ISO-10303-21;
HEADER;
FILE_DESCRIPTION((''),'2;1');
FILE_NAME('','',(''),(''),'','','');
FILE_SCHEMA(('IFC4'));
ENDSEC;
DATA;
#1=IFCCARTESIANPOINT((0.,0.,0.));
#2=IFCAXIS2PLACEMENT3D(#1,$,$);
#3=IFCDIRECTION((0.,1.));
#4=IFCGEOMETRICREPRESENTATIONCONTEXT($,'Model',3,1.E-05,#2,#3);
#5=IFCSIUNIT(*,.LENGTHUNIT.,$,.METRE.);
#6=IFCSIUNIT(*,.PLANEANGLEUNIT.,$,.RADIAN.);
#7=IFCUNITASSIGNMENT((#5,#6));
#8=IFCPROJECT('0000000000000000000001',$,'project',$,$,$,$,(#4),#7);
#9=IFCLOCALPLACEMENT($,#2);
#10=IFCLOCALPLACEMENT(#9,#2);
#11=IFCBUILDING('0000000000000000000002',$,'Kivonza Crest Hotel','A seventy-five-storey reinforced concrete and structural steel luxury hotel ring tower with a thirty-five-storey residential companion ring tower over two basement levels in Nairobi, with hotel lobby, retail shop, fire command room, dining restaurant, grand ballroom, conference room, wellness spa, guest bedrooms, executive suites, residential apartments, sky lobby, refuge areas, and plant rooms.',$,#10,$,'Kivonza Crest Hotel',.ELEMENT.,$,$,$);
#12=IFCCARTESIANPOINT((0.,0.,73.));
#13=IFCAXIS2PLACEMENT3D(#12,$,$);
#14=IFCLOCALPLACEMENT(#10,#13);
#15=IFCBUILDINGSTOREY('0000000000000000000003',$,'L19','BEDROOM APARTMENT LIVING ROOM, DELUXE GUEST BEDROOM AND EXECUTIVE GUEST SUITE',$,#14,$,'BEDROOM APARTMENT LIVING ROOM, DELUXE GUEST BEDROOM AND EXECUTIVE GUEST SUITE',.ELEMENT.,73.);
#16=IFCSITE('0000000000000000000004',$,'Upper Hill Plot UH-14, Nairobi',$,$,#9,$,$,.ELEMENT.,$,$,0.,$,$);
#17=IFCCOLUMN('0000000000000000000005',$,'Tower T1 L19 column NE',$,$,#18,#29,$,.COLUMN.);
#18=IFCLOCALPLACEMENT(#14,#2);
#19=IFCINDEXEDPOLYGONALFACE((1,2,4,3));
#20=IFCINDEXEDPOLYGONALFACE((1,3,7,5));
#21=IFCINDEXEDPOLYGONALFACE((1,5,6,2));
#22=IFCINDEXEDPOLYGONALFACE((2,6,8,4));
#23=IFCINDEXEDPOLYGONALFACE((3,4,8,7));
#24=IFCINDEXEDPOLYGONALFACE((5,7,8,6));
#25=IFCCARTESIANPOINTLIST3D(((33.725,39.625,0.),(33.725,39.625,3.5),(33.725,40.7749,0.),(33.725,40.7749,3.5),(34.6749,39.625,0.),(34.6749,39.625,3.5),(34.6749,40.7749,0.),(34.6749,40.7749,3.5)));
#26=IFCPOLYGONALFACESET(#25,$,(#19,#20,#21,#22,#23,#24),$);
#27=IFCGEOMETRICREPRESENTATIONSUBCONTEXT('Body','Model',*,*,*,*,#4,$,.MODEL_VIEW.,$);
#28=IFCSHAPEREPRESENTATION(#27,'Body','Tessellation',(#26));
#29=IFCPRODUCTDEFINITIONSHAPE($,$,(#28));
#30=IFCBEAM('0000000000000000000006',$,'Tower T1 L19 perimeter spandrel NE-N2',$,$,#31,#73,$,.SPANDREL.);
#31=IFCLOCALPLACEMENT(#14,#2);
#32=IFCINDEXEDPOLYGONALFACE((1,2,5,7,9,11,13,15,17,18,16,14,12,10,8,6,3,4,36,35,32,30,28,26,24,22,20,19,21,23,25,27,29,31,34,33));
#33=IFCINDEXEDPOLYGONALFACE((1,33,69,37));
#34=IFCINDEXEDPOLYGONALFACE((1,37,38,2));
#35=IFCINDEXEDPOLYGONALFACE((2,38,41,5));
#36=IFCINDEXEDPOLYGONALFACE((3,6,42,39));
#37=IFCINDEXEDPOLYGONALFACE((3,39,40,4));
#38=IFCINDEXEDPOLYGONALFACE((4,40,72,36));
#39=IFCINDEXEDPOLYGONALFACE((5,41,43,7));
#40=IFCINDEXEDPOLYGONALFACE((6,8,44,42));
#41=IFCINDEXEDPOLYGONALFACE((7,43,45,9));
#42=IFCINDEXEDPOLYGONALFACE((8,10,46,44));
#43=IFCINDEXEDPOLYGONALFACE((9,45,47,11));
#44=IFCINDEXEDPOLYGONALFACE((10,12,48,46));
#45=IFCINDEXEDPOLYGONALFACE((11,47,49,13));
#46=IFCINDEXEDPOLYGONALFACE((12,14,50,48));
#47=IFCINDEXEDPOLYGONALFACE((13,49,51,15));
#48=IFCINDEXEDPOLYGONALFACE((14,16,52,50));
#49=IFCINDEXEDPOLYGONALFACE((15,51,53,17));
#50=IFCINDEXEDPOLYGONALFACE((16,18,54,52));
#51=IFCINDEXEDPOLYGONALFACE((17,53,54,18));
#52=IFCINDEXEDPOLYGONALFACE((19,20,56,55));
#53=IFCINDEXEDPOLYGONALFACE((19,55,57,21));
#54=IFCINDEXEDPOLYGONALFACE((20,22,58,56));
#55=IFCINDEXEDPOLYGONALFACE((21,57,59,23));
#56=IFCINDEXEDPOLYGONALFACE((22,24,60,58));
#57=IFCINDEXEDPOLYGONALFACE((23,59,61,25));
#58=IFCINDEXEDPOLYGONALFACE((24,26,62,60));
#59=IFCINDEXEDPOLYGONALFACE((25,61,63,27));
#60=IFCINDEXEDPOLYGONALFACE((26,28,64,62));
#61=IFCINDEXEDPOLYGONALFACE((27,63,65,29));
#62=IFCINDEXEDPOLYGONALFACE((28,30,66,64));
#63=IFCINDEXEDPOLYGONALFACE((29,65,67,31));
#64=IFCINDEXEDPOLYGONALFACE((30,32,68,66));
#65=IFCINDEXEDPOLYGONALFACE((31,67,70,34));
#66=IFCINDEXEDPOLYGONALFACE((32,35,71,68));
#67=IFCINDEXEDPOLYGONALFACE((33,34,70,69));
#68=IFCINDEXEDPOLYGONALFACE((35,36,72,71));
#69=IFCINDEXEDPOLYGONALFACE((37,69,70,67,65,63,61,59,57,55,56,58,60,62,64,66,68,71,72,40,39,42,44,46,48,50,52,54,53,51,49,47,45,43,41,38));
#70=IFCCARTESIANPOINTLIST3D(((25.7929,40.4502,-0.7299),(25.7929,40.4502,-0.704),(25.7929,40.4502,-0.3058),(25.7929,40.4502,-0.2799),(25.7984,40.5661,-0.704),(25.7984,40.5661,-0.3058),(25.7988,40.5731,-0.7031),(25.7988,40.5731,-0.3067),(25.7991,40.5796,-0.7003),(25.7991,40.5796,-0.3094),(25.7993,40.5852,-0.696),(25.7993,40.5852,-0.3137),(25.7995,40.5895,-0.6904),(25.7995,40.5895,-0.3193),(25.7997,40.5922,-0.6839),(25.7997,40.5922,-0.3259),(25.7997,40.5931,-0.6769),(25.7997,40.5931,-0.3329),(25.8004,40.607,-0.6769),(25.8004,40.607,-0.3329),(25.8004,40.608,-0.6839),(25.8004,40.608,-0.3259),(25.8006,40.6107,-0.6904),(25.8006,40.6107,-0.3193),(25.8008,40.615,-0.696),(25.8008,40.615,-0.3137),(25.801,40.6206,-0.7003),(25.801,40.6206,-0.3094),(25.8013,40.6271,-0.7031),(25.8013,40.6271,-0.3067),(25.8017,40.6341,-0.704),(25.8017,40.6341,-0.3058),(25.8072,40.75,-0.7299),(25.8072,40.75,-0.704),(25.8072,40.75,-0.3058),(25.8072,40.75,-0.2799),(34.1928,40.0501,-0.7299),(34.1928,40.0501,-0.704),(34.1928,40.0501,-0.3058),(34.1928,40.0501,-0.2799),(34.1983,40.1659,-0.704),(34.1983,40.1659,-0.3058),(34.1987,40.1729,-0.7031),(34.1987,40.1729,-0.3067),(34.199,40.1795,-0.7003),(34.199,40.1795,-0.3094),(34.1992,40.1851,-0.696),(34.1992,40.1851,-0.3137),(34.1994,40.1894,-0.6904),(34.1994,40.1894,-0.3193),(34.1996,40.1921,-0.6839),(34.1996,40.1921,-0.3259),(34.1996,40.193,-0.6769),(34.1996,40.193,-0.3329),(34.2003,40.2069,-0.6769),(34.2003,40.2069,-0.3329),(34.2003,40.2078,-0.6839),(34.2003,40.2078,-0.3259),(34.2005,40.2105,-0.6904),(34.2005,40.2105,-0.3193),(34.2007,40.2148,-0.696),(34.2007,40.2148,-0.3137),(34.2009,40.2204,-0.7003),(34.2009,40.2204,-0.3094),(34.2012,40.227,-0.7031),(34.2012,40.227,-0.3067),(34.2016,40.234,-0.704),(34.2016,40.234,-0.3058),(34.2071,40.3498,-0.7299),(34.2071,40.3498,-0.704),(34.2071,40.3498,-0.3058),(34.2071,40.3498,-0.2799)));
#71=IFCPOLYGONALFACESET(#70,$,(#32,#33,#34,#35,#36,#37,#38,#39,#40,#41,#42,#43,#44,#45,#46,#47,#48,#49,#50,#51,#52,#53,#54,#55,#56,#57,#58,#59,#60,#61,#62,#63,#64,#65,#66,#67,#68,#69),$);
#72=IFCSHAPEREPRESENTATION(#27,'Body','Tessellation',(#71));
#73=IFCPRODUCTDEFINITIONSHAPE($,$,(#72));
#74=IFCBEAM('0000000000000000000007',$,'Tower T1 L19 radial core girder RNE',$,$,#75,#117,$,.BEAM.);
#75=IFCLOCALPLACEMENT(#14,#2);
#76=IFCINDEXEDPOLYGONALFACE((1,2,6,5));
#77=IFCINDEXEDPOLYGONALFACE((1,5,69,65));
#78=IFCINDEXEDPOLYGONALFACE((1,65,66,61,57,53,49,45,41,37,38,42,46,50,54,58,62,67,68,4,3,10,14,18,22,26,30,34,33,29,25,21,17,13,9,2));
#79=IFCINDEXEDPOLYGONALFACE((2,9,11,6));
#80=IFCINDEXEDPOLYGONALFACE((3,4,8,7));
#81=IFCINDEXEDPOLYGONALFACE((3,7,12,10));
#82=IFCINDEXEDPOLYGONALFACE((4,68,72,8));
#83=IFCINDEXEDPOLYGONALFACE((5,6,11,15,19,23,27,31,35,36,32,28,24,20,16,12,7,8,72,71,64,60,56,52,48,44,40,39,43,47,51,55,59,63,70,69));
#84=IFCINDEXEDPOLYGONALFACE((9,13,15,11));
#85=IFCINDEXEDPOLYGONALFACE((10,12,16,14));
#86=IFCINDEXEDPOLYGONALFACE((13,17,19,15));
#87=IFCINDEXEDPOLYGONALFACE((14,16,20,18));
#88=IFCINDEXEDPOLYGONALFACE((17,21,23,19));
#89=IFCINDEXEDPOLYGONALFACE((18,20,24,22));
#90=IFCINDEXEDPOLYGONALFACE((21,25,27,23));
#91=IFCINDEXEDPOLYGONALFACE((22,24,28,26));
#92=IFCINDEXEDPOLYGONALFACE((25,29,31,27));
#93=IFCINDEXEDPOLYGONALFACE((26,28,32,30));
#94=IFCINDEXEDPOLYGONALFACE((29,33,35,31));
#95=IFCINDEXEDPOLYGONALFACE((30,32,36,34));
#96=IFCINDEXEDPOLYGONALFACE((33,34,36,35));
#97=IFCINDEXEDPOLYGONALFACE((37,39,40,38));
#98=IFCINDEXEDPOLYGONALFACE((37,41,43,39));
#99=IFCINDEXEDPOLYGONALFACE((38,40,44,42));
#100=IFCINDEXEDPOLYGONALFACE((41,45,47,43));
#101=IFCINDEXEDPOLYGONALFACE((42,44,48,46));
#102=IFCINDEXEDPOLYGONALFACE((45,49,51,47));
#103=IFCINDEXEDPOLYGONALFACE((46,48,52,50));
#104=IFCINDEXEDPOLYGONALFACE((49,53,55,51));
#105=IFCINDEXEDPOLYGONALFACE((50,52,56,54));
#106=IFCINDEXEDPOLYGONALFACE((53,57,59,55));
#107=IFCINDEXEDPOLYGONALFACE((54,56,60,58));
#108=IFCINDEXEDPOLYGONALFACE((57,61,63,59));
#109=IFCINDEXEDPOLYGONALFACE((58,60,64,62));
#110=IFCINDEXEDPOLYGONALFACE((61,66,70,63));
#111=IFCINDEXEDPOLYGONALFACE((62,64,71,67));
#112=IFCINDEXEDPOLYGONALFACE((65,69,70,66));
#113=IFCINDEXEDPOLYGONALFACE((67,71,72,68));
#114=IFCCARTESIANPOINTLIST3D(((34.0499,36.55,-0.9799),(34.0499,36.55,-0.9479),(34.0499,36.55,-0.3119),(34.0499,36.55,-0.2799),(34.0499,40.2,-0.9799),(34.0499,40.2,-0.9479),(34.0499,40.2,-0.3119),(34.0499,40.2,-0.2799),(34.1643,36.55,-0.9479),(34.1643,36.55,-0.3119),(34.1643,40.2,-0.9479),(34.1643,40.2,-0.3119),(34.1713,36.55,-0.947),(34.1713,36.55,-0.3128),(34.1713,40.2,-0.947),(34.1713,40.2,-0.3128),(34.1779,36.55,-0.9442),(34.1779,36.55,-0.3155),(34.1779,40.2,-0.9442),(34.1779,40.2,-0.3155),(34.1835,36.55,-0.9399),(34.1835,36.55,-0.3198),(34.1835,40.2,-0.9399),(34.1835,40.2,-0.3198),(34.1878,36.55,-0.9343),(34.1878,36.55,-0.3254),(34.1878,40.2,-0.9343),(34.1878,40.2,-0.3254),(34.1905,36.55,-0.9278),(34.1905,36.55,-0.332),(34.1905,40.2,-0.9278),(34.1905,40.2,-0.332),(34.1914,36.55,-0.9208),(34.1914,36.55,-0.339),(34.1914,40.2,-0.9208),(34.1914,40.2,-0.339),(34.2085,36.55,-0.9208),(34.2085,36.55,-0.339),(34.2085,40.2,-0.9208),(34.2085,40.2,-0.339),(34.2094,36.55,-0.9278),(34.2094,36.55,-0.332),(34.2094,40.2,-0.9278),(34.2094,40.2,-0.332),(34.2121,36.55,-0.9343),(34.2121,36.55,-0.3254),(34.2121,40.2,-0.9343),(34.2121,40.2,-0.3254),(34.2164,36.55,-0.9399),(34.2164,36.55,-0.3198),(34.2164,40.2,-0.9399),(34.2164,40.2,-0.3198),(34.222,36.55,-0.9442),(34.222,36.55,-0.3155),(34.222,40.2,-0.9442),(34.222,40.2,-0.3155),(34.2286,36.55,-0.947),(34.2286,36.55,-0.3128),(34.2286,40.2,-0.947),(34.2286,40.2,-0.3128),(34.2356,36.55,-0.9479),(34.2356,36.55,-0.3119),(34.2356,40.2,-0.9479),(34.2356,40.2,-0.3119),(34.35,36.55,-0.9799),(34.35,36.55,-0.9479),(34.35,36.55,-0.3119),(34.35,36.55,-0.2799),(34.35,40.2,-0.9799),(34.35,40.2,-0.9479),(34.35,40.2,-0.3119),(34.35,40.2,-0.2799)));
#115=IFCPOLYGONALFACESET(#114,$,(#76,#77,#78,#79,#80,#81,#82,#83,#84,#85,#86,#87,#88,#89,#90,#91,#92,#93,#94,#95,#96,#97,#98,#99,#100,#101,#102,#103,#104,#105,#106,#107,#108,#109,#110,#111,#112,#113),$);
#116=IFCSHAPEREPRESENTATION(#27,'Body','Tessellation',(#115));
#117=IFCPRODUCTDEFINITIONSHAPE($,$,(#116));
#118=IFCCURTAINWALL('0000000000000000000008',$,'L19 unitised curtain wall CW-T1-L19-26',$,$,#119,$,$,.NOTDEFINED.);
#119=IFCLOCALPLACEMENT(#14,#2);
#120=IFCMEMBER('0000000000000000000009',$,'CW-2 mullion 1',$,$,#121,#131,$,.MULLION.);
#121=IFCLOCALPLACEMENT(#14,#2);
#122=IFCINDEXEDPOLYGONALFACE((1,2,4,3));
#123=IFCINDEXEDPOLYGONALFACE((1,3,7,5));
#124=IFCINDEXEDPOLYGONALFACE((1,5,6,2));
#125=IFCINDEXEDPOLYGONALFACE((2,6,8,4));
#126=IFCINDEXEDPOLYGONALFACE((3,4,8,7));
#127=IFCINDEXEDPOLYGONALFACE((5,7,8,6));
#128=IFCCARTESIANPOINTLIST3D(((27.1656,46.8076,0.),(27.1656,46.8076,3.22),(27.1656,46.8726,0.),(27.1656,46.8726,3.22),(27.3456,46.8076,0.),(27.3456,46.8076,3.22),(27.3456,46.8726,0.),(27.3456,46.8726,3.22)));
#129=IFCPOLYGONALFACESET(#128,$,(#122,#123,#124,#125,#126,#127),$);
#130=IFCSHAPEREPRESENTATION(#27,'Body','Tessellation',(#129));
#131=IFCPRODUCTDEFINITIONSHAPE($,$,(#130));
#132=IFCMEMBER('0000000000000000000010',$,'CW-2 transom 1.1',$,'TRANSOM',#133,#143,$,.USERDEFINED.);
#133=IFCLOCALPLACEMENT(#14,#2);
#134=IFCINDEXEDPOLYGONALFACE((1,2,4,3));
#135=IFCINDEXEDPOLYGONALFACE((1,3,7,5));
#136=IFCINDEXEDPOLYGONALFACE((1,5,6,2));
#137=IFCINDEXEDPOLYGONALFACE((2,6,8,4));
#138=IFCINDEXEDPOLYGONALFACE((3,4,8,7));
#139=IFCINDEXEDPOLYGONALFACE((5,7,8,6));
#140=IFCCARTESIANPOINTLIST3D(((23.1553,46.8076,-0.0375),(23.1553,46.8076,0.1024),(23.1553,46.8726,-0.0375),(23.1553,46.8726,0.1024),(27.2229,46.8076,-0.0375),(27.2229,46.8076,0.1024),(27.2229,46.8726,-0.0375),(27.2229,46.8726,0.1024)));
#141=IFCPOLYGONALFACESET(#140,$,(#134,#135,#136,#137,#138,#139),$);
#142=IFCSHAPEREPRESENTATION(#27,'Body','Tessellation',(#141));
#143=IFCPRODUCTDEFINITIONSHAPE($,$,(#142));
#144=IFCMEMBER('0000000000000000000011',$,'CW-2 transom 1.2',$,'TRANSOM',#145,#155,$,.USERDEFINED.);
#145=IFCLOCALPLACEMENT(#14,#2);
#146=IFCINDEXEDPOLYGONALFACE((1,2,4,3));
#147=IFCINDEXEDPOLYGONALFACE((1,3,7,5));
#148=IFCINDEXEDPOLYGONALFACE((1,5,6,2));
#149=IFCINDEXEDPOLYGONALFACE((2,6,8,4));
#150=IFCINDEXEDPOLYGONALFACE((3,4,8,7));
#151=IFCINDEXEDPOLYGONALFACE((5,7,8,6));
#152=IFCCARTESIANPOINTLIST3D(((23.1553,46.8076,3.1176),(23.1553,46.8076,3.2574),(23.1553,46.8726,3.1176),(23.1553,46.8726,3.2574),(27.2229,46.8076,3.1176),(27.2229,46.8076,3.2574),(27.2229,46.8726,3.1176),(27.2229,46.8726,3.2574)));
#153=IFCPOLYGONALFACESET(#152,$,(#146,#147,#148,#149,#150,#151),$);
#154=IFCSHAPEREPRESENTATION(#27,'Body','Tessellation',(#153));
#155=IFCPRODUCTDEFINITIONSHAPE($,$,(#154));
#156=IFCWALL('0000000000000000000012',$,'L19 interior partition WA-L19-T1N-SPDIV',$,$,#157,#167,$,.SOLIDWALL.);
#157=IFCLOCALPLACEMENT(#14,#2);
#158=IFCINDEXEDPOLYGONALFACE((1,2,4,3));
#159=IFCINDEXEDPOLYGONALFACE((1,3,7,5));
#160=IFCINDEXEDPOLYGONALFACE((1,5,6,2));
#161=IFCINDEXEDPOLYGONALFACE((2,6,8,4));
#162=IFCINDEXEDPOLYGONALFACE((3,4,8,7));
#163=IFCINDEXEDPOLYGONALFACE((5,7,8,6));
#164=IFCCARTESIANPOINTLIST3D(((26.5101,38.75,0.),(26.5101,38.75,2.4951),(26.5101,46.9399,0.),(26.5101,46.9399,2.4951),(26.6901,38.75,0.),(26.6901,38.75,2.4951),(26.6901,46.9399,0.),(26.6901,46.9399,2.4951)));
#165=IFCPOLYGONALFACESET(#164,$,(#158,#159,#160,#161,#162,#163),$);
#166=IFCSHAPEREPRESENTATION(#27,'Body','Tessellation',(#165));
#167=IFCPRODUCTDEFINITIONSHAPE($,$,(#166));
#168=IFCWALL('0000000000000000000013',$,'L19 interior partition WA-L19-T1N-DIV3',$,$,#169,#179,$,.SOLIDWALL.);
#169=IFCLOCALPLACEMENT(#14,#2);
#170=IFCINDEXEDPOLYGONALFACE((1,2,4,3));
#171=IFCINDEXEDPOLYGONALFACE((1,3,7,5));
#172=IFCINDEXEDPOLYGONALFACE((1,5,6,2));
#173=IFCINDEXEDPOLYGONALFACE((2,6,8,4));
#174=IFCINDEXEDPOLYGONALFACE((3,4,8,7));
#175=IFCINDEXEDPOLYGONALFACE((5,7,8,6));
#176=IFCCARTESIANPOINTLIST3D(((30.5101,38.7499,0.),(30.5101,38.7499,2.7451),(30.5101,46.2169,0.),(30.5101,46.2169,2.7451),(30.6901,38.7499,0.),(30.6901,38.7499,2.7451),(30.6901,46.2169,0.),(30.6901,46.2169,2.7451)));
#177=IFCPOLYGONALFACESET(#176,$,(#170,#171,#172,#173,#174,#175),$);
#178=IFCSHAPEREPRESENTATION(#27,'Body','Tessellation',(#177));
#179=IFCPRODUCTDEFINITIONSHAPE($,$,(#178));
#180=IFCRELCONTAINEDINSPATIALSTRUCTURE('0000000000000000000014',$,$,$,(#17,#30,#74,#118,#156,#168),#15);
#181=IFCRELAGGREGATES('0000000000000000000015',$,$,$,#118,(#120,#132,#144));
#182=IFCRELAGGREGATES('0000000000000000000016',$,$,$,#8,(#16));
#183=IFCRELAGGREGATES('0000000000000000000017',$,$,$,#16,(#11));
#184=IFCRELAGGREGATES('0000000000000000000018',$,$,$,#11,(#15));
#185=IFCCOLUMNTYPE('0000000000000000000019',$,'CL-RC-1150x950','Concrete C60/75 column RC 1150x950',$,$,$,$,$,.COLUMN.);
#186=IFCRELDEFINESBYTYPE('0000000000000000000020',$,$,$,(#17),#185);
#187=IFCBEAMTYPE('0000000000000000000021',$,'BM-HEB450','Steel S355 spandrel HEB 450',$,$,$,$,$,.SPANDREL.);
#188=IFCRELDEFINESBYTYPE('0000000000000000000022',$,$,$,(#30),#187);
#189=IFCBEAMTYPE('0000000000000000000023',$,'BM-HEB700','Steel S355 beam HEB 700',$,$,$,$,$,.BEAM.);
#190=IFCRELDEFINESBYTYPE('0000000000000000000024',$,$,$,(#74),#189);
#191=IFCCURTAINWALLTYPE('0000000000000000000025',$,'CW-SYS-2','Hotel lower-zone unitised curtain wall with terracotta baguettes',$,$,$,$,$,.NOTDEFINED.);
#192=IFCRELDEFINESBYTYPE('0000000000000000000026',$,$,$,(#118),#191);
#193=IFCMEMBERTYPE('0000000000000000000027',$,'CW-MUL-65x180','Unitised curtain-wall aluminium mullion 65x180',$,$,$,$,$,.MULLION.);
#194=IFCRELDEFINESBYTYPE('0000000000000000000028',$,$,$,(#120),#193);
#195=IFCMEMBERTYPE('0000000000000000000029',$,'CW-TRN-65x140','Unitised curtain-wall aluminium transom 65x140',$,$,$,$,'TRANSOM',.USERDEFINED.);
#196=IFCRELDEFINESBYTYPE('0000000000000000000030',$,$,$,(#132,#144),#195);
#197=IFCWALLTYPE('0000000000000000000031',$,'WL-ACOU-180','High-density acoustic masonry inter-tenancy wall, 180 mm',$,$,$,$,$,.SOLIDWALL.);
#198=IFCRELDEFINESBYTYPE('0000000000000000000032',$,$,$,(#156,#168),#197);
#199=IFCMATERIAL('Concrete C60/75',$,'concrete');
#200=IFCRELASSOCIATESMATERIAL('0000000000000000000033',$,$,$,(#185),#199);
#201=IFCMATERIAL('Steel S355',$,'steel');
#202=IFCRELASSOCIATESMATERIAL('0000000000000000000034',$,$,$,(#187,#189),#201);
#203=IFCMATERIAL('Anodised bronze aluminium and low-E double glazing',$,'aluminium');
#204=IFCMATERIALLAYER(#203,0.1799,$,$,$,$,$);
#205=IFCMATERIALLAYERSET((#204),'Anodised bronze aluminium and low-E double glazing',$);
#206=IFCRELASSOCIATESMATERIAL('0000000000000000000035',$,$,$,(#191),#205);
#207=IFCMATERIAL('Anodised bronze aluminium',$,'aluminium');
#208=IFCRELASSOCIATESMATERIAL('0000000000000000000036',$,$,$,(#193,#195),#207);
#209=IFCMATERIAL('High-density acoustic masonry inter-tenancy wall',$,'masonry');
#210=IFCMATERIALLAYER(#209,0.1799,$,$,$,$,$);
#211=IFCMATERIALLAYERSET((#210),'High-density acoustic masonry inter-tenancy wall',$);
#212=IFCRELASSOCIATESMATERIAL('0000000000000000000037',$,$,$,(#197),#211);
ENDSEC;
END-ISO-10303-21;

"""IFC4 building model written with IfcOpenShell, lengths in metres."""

from ifc_helpers import new_model, si_unit, direction, frame, frame_2d, origin, origin_2d, place, context, subcontext, project, spatial, rectangle, i_section, extrude, material, layer, layer_set, material_profile, profile_set, type_object, element, aggregate, save


model = new_model("IFC4")

# Units and contexts
model_context = context("Model", 3, precision=1e-05, world=origin(), true_north=direction((0.0, 1.0)))
body_context = subcontext(model_context, "Body", "Model", "MODEL_VIEW")
ifc_project = project(units=[si_unit("LENGTHUNIT", "METRE"), si_unit("PLANEANGLEUNIT", "RADIAN")], contexts=[model_context])

# Site, building, storey
site_placement = place(None, origin())
site = spatial("IfcSite", under=ifc_project, at=site_placement, Name="Upper Hill Plot UH-14, Nairobi", CompositionType="ELEMENT", RefElevation=0.0)
building_placement = place(site_placement, origin())
building = spatial("IfcBuilding", under=site, at=building_placement, Name="Kivonza Crest Hotel", Description="A seventy-five-storey reinforced concrete and structural steel luxury hotel ring tower with a thirty-five-storey residential companion ring tower over two basement levels in Nairobi, with hotel lobby, retail shop, fire command room, dining restaurant, grand ballroom, conference room, wellness spa, guest bedrooms, executive suites, residential apartments, sky lobby, refuge areas, and plant rooms.", LongName="Kivonza Crest Hotel", CompositionType="ELEMENT")
storey_placement = place(building_placement, frame((0.0, 0.0, 73.0)))
storey = spatial("IfcBuildingStorey", under=building, at=storey_placement, Name="L19", Description="BEDROOM APARTMENT LIVING ROOM, DELUXE GUEST BEDROOM AND EXECUTIVE GUEST SUITE", LongName="BEDROOM APARTMENT LIVING ROOM, DELUXE GUEST BEDROOM AND EXECUTIVE GUEST SUITE", CompositionType="ELEMENT", Elevation=73.0)

# Column
ifc_material_1 = material(Name="Concrete C60/75", Category="concrete")
ifc_material_profile_1 = material_profile(ifc_material_1, rectangle(XDim=0.95, YDim=1.1499, at=origin_2d()), Name="RC 1150x950")
ifc_profile_set_1 = profile_set([ifc_material_profile_1], Name="Concrete C60/75")
column_type = type_object("IfcColumnType", Name="CL-RC-1150x950", Description="Concrete C60/75 column RC 1150x950", PredefinedType="COLUMN", material=ifc_profile_set_1)
column_placement = place(storey_placement, frame((34.2, 40.2, 0.0), z_axis=(0.0, 0.0, 1.0), x_axis=(1.0, 0.0, 0.0)))
element("IfcColumn", 1, at=column_placement, inside=storey, type_object=column_type, Name="Tower T1 L19 column NE", PredefinedType="COLUMN", context=body_context, shape_type="SweptSolid", body=[
    extrude(rectangle(XDim=0.95, YDim=1.1499, at=origin_2d()), origin(), (0.0, 0.0, 1.0), 3.5),
])

# Beams
ifc_material_2 = material(Name="Steel S355", Category="steel")
ifc_material_profile_2 = material_profile(ifc_material_2, i_section(OverallWidth=0.3, OverallDepth=0.45, WebThickness=0.0139, FlangeThickness=0.0259, FilletRadius=0.0271, at=origin_2d()), Name="HEB 450")
ifc_profile_set_2 = profile_set([ifc_material_profile_2], Name="Steel S355")
beam_type_1 = type_object("IfcBeamType", Name="BM-HEB450", Description="Steel S355 spandrel HEB 450", PredefinedType="SPANDREL", material=ifc_profile_set_2)
beam_1_placement = place(storey_placement, frame((34.2, 40.2, -0.5049), z_axis=(-0.998867, 0.047583, 0.0), x_axis=(-0.047583, -0.998867, 0.0)))
element("IfcBeam", 2, at=beam_1_placement, inside=storey, type_object=beam_type_1, Name="Tower T1 L19 perimeter spandrel NE-N2", PredefinedType="SPANDREL", context=body_context, shape_type="SweptSolid", body=[
    extrude(i_section(OverallWidth=0.3, OverallDepth=0.45, WebThickness=0.0139, FlangeThickness=0.0259, FilletRadius=0.0271, at=origin_2d()), origin(), (0.0, 0.0, 1.0), 8.4094),
])
ifc_material_profile_3 = material_profile(ifc_material_2, i_section(OverallWidth=0.3, OverallDepth=0.7, WebThickness=0.0171, FlangeThickness=0.032, FilletRadius=0.0271, at=origin_2d()), Name="HEB 700")
ifc_profile_set_3 = profile_set([ifc_material_profile_3], Name="Steel S355")
beam_type_2 = type_object("IfcBeamType", Name="BM-HEB700", Description="Steel S355 beam HEB 700", PredefinedType="BEAM", material=ifc_profile_set_3)
beam_2_placement = place(storey_placement, frame((34.2, 40.2, -0.6299), z_axis=(0.0, -1.0, 0.0), x_axis=(1.0, 0.0, 0.0)))
element("IfcBeam", 3, at=beam_2_placement, inside=storey, type_object=beam_type_2, Name="Tower T1 L19 radial core girder RNE", PredefinedType="BEAM", context=body_context, shape_type="SweptSolid", body=[
    extrude(i_section(OverallWidth=0.3, OverallDepth=0.7, WebThickness=0.0171, FlangeThickness=0.032, FilletRadius=0.0271, at=origin_2d()), origin(), (0.0, 0.0, 1.0), 3.6499),
])

# Curtain wall, members
ifc_material_3 = material(Name="Anodised bronze aluminium and low-E double glazing", Category="aluminium")
ifc_layer_1 = layer(ifc_material_3, 0.1799)
ifc_layer_set_1 = layer_set([ifc_layer_1], Name="Anodised bronze aluminium and low-E double glazing")
curtain_wall_type = type_object("IfcCurtainWallType", Name="CW-SYS-2", Description="Hotel lower-zone unitised curtain wall with terracotta baguettes", PredefinedType="NOTDEFINED", material=ifc_layer_set_1)
curtain_wall_placement = place(storey_placement, origin())
curtain_wall = element("IfcCurtainWall", 4, at=curtain_wall_placement, inside=storey, type_object=curtain_wall_type, Name="L19 unitised curtain wall CW-T1-L19-26", PredefinedType="NOTDEFINED")
ifc_material_4 = material(Name="Anodised bronze aluminium", Category="aluminium")
ifc_material_profile_4 = material_profile(ifc_material_4, rectangle(XDim=0.0649, YDim=0.1799, at=origin_2d()), Name="CW-M 65x180")
ifc_profile_set_4 = profile_set([ifc_material_profile_4], Name="Anodised bronze aluminium")
member_type_1 = type_object("IfcMemberType", Name="CW-MUL-65x180", Description="Unitised curtain-wall aluminium mullion 65x180", PredefinedType="MULLION", material=ifc_profile_set_4)
member_1_placement = place(storey_placement, frame((27.2556, 46.8401, 0.0), z_axis=(0.0, 0.0, 1.0), x_axis=(0.0, -1.0, 0.0)))
member_1 = element("IfcMember", 5, at=member_1_placement, type_object=member_type_1, Name="CW-2 mullion 1", PredefinedType="MULLION", context=body_context, shape_type="SweptSolid", body=[
    extrude(rectangle(XDim=0.0649, YDim=0.1799, at=origin_2d()), origin(), (0.0, 0.0, 1.0), 3.22),
])
ifc_material_profile_5 = material_profile(ifc_material_4, rectangle(XDim=0.0649, YDim=0.1399, at=origin_2d()), Name="CW-T 65x140")
ifc_profile_set_5 = profile_set([ifc_material_profile_5], Name="Anodised bronze aluminium")
member_type_2 = type_object("IfcMemberType", Name="CW-TRN-65x140", Description="Unitised curtain-wall aluminium transom 65x140", ElementType="TRANSOM", PredefinedType="USERDEFINED", material=ifc_profile_set_5)
member_2_placement = place(storey_placement, frame((27.2229, 46.8401, 0.0325), z_axis=(-1.0, 0.0, 0.0), x_axis=(0.0, -1.0, 0.0)))
member_2 = element("IfcMember", 6, at=member_2_placement, type_object=member_type_2, Name="CW-2 transom 1.1", ObjectType="TRANSOM", PredefinedType="USERDEFINED", context=body_context, shape_type="SweptSolid", body=[
    extrude(rectangle(XDim=0.0649, YDim=0.1399, at=origin_2d()), origin(), (0.0, 0.0, 1.0), 4.0676),
])
member_3_placement = place(storey_placement, frame((27.2229, 46.8401, 3.1875), z_axis=(-1.0, 0.0, 0.0), x_axis=(0.0, -1.0, 0.0)))
member_3 = element("IfcMember", 7, at=member_3_placement, type_object=member_type_2, Name="CW-2 transom 1.2", ObjectType="TRANSOM", PredefinedType="USERDEFINED", context=body_context, shape_type="SweptSolid", body=[
    extrude(rectangle(XDim=0.0649, YDim=0.1399, at=origin_2d()), origin(), (0.0, 0.0, 1.0), 4.0676),
])
aggregate(curtain_wall, [member_1, member_2, member_3])

# Walls
ifc_material_5 = material(Name="High-density acoustic masonry inter-tenancy wall", Category="masonry")
ifc_layer_2 = layer(ifc_material_5, 0.1799)
ifc_layer_set_2 = layer_set([ifc_layer_2], Name="High-density acoustic masonry inter-tenancy wall")
wall_type_1 = type_object("IfcWallType", Name="WL-ACOU-180", Description="High-density acoustic masonry inter-tenancy wall, 180 mm", PredefinedType="SOLIDWALL", material=ifc_layer_set_2)
wall_1_placement = place(storey_placement, frame((26.6001, 38.75, 0.0), z_axis=(0.0, 0.0, 1.0), x_axis=(0.0, 1.0, 0.0)))
element("IfcWall", 8, at=wall_1_placement, inside=storey, type_object=wall_type_1, Name="L19 interior partition WA-L19-T1N-SPDIV", PredefinedType="SOLIDWALL", context=body_context, shape_type="SweptSolid", body=[
    extrude(rectangle(XDim=8.1899, YDim=0.1799, at=frame_2d((4.095, 0.0))), origin(), (0.0, 0.0, 1.0), 2.4951),
])
wall_2_placement = place(storey_placement, frame((30.6001, 38.75, 0.0), z_axis=(0.0, 0.0, 1.0), x_axis=(0.0, 1.0, 0.0)))
element("IfcWall", 9, at=wall_2_placement, inside=storey, type_object=wall_type_1, Name="L19 interior partition WA-L19-T1N-DIV3", PredefinedType="SOLIDWALL", context=body_context, shape_type="SweptSolid", body=[
    extrude(rectangle(XDim=7.467, YDim=0.1799, at=frame_2d((3.7334, 0.0))), origin(), (0.0, 0.0, 1.0), 2.7451),
])

save(model, "model.ifc")
